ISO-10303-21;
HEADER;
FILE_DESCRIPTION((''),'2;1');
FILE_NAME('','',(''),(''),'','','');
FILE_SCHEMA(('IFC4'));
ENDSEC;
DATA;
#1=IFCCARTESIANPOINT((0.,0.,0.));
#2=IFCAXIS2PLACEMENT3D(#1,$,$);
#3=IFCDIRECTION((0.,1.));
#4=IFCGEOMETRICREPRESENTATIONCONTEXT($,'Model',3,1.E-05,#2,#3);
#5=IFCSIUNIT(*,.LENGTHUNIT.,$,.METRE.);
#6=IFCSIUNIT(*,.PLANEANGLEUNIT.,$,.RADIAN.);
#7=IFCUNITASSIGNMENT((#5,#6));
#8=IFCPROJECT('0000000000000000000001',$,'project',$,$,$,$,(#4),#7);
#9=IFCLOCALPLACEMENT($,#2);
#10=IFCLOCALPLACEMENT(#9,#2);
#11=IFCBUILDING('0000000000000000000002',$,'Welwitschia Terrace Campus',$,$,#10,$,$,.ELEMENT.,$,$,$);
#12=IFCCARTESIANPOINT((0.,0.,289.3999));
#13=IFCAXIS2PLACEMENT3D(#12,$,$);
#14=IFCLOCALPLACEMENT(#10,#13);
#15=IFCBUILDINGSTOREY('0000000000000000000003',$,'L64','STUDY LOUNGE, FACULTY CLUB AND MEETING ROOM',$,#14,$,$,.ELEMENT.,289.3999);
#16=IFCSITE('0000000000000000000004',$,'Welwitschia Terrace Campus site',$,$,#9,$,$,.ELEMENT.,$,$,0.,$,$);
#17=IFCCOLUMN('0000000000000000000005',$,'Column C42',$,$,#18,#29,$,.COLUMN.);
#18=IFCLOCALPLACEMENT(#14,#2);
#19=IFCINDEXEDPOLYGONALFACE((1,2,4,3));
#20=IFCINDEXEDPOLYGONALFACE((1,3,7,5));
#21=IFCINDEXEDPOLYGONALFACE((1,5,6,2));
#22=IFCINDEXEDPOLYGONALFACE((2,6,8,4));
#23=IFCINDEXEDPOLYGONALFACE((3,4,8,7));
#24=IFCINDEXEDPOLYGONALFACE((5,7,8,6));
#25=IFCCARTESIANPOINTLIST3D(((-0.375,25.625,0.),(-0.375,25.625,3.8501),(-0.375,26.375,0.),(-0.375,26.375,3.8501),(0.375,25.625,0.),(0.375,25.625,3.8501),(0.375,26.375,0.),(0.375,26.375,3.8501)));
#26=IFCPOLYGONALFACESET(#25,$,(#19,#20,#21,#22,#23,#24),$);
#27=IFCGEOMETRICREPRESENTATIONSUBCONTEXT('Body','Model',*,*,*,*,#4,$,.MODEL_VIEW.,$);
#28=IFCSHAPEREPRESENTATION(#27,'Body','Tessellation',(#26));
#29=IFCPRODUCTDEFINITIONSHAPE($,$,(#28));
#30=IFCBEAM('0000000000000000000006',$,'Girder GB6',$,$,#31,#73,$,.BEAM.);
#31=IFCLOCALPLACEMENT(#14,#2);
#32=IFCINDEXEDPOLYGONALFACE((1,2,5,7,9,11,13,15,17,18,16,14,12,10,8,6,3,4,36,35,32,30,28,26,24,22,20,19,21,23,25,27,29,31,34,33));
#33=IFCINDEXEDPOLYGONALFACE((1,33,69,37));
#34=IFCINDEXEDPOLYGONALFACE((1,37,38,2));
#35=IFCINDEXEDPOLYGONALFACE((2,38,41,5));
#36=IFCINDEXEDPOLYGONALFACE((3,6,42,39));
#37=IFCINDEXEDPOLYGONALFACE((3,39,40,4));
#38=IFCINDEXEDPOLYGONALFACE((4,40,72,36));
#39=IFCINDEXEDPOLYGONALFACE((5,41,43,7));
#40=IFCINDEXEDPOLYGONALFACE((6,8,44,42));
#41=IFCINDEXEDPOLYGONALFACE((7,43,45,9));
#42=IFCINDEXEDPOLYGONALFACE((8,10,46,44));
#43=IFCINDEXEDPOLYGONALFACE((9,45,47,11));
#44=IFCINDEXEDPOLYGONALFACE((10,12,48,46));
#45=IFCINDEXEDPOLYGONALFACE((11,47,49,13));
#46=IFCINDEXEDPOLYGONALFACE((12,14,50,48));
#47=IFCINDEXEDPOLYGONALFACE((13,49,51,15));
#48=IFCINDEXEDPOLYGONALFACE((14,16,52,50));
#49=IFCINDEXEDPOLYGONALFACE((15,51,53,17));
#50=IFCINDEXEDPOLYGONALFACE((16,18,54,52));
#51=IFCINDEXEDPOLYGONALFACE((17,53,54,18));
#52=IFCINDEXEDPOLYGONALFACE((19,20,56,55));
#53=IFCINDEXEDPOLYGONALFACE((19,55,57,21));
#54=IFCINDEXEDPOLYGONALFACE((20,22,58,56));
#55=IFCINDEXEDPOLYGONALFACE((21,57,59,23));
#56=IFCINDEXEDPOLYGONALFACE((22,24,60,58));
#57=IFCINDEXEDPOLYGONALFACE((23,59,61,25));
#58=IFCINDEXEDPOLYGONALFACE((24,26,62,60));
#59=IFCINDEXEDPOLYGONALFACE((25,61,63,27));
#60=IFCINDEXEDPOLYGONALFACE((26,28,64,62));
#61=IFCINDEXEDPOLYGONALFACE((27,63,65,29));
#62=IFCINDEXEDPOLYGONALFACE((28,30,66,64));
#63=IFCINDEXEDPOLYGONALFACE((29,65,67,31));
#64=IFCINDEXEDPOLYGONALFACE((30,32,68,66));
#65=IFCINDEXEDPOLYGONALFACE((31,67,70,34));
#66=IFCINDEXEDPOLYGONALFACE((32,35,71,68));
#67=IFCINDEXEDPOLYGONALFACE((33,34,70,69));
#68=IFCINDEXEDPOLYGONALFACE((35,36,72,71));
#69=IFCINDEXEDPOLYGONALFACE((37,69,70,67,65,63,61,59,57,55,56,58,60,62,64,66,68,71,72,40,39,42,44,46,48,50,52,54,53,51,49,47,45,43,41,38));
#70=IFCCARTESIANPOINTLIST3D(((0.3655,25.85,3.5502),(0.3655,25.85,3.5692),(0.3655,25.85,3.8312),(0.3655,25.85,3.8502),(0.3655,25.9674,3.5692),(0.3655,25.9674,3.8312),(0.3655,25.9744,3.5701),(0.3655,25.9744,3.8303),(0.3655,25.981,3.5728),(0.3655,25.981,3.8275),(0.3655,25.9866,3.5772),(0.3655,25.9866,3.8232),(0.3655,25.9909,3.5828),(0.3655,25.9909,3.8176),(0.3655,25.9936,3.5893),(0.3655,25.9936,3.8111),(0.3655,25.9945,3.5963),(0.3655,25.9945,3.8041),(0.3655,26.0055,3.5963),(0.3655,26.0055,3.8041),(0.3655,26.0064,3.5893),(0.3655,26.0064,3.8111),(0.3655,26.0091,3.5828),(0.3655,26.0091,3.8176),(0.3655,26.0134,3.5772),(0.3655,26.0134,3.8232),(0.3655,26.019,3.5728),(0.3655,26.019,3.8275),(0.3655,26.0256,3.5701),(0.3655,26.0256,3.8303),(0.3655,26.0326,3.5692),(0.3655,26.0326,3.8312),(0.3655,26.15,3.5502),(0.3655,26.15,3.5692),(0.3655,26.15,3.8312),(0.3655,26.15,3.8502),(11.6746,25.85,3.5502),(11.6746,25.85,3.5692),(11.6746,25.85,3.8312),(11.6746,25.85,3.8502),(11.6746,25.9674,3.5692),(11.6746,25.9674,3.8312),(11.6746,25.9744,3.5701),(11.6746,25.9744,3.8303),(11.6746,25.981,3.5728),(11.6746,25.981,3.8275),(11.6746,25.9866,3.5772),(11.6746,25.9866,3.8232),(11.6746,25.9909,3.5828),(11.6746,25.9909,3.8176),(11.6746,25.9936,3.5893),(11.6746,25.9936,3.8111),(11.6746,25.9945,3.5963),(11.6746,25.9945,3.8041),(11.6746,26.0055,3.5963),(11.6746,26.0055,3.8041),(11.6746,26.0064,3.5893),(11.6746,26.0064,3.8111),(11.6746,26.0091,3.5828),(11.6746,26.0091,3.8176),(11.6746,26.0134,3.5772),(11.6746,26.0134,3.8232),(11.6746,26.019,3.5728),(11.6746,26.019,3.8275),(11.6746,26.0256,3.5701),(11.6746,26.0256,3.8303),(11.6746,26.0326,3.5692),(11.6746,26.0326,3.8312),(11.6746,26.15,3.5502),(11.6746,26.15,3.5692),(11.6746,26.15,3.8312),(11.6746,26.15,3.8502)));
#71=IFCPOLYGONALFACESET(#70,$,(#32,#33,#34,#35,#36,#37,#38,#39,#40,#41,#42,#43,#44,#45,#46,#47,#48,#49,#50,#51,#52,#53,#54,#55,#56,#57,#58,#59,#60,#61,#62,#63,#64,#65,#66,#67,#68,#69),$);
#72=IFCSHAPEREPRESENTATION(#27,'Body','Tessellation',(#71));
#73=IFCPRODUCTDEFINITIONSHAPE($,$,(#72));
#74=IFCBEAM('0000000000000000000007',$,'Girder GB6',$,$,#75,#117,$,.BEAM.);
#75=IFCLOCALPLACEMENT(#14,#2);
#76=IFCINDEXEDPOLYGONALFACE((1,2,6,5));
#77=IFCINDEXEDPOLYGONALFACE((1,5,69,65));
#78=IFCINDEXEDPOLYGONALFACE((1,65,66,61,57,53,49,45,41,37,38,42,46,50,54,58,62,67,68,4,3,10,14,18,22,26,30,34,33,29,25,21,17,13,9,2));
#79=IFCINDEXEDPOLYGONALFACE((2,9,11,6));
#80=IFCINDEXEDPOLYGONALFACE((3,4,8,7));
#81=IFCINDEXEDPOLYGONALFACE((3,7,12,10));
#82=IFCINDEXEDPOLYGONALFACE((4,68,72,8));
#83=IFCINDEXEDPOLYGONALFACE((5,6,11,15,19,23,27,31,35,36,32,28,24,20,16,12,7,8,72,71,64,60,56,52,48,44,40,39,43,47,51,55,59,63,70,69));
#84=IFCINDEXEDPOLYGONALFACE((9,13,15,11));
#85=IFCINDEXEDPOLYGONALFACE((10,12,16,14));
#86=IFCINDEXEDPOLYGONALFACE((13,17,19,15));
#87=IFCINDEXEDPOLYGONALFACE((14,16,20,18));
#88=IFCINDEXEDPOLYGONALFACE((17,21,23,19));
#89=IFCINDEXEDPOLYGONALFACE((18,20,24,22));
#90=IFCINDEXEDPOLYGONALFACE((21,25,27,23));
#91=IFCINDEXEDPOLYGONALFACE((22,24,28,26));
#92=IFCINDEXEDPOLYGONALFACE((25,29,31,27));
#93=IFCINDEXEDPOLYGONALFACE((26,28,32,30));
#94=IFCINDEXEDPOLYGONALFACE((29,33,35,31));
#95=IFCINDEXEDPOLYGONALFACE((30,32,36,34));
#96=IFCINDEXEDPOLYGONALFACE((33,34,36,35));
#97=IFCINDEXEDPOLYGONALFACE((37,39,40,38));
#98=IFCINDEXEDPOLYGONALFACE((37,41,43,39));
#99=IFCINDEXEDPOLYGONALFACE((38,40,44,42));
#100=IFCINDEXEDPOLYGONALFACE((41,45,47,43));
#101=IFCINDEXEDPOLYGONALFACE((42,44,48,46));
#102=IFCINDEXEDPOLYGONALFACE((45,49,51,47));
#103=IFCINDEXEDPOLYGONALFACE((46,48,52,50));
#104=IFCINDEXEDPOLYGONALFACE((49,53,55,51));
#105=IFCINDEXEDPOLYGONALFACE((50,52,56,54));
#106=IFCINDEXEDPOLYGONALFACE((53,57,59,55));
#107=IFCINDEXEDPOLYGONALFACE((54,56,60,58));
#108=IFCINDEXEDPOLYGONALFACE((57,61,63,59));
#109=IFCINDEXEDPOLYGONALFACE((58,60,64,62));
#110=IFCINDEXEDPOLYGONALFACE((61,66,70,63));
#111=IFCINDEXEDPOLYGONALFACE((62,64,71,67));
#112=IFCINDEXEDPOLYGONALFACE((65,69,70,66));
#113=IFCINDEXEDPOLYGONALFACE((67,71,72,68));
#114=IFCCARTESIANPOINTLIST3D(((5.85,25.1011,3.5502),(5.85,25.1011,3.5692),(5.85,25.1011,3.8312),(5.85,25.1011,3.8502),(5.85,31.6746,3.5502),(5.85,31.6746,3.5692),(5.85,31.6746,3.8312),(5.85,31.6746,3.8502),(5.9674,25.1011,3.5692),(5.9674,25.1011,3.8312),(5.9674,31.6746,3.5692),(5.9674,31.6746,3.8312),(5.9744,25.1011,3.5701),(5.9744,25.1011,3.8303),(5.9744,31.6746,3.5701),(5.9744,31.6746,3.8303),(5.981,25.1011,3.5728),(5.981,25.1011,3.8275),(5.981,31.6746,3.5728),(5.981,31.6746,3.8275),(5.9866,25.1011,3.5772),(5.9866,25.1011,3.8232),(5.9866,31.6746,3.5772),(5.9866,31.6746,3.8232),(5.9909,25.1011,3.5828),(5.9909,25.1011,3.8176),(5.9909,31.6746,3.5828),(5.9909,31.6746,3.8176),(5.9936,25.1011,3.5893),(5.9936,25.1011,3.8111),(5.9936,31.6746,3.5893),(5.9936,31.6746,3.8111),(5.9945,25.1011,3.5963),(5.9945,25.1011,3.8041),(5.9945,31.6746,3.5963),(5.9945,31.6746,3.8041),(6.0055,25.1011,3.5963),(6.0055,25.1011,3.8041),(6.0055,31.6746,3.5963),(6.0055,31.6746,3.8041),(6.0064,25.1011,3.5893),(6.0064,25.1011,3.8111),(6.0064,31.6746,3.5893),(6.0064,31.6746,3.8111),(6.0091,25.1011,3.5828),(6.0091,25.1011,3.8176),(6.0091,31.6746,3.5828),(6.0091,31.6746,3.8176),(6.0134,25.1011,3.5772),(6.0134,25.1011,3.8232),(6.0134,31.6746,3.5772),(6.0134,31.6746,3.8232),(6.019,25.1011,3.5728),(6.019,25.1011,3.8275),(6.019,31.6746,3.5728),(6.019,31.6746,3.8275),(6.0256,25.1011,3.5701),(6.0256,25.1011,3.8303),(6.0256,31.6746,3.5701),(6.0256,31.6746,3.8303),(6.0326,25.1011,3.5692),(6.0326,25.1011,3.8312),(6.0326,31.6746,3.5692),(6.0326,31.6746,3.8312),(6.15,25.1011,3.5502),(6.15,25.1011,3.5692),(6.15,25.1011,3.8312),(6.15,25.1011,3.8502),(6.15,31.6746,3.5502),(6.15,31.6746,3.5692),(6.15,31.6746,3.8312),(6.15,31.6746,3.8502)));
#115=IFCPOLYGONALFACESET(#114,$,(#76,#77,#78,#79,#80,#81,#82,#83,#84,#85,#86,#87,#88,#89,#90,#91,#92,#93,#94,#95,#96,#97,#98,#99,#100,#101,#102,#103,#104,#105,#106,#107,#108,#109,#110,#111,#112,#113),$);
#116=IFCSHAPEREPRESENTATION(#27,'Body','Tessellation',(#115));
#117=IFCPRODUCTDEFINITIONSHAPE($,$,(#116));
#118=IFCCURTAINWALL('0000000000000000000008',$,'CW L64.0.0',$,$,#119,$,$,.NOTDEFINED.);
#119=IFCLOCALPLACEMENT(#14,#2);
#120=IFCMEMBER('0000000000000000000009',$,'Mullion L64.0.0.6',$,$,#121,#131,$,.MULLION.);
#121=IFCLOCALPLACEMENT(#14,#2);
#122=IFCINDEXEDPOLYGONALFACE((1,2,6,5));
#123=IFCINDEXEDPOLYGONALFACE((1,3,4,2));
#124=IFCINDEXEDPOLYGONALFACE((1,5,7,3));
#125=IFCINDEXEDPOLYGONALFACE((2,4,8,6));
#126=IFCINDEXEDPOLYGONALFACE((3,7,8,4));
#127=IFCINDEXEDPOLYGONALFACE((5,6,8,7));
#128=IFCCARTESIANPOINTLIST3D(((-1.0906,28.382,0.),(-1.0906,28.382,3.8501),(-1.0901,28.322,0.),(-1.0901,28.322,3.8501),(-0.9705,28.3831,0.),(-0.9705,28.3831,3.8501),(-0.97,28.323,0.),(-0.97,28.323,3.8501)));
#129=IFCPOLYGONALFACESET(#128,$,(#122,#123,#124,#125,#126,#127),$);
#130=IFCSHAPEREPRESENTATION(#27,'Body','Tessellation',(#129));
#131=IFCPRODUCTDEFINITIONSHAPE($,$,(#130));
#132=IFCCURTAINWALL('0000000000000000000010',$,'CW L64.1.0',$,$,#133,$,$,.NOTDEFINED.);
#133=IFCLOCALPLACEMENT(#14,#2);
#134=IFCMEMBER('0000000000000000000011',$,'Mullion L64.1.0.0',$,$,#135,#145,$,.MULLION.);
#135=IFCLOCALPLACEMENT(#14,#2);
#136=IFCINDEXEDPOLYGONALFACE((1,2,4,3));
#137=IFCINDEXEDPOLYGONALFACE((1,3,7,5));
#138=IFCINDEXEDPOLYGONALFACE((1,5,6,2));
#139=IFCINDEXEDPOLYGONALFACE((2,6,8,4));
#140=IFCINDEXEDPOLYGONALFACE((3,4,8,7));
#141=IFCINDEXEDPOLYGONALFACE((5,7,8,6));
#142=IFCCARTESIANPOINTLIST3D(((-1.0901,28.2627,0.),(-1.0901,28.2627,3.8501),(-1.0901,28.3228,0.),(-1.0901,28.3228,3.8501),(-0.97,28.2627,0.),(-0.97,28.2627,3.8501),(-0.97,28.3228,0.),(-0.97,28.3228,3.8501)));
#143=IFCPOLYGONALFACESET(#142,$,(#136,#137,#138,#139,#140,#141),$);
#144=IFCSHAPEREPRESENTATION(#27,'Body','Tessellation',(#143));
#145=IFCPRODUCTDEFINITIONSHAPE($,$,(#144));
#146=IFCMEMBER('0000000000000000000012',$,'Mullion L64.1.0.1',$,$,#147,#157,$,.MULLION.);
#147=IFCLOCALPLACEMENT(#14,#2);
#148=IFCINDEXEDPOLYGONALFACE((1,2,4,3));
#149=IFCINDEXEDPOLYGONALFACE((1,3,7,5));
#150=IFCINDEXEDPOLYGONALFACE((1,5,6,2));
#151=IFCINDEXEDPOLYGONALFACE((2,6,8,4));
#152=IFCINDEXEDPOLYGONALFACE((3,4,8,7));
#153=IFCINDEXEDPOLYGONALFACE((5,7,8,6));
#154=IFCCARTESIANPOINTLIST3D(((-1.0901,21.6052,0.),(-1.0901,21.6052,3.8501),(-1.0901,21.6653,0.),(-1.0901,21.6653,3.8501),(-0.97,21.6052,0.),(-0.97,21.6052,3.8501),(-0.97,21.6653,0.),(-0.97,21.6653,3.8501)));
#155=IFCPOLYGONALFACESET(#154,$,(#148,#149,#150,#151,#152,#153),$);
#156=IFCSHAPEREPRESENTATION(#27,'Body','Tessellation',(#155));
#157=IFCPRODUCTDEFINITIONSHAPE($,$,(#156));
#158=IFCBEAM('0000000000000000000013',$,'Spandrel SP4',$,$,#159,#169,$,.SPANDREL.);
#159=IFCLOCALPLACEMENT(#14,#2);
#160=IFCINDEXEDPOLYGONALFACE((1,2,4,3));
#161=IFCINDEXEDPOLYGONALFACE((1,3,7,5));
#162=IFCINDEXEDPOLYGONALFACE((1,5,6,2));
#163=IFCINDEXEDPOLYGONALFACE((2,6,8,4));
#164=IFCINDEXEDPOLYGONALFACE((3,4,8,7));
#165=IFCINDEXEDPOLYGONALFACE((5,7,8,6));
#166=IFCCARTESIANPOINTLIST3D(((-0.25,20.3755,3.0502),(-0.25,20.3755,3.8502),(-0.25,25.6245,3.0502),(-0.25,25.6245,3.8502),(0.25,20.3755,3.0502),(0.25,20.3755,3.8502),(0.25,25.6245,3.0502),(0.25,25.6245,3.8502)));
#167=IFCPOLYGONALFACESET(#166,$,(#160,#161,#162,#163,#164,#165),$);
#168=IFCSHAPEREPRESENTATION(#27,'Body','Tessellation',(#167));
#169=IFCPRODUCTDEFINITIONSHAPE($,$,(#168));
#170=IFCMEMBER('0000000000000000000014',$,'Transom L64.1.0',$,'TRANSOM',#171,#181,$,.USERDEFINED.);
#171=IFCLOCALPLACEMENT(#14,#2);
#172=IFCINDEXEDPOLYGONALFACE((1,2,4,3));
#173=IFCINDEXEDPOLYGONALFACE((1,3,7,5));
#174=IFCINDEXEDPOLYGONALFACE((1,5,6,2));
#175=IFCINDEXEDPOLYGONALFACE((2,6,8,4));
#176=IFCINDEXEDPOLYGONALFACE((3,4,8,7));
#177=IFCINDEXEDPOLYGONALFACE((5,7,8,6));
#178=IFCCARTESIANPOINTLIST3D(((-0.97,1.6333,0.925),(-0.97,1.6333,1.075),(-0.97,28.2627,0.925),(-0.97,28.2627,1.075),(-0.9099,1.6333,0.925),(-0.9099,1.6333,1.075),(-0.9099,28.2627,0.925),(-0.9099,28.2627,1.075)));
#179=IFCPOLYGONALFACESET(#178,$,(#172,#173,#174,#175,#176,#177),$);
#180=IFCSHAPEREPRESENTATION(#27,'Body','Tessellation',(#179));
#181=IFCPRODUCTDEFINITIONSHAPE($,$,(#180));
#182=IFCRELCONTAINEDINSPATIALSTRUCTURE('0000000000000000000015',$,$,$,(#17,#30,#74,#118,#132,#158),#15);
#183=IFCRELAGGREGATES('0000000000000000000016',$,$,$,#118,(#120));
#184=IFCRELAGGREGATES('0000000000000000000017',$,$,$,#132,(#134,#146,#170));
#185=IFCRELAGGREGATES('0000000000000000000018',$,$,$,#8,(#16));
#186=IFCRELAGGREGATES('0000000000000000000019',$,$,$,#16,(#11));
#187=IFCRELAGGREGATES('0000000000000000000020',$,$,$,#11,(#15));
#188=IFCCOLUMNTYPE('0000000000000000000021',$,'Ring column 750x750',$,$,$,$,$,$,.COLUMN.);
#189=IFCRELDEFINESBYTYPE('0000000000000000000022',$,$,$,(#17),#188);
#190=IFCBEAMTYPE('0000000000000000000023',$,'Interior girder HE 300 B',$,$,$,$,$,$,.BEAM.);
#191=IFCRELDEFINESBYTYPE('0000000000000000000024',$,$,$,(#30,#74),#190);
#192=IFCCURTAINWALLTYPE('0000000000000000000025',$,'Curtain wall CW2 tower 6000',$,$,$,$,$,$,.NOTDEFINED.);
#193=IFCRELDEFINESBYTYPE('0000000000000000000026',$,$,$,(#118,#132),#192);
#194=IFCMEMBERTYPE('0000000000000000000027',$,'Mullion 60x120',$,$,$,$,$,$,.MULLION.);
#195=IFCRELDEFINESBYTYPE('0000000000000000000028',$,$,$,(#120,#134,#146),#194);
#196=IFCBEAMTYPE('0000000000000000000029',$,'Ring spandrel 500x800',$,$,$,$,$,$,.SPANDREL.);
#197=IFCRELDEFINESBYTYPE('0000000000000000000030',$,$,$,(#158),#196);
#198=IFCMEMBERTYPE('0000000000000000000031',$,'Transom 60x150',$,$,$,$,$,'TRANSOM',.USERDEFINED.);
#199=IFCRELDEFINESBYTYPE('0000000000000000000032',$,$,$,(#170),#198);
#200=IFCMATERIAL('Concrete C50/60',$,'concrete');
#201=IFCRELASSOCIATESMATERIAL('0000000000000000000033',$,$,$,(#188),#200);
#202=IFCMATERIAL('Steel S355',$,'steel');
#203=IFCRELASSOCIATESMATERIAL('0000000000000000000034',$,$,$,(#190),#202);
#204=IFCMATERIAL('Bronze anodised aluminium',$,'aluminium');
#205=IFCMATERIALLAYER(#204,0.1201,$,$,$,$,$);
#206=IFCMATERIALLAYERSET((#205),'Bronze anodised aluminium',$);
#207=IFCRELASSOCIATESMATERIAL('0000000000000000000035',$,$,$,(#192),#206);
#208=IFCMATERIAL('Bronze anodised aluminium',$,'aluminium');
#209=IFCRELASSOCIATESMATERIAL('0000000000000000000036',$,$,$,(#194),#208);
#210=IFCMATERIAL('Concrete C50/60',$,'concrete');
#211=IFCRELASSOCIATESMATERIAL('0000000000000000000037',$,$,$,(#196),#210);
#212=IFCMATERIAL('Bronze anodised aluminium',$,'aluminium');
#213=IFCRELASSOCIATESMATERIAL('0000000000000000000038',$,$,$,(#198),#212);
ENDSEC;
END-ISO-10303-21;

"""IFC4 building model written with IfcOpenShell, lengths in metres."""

from ifc_helpers import new_model, si_unit, direction, frame, origin, origin_2d, place, context, subcontext, project, spatial, rectangle, i_section, extrude, material, layer, layer_set, material_profile, profile_set, type_object, element, aggregate, save


model = new_model("IFC4")

# Units and contexts
model_context = context("Model", 3, precision=1e-05, world=origin(), true_north=direction((0.0, 1.0)))
body_context = subcontext(model_context, "Body", "Model", "MODEL_VIEW")
ifc_project = project(units=[si_unit("LENGTHUNIT", "METRE"), si_unit("PLANEANGLEUNIT", "RADIAN")], contexts=[model_context])

# Site, building, storey
site_placement = place(None, origin())
site = spatial("IfcSite", under=ifc_project, at=site_placement, Name="Welwitschia Terrace Campus site", CompositionType="ELEMENT", RefElevation=0.0)
building_placement = place(site_placement, origin())
building = spatial("IfcBuilding", under=site, at=building_placement, Name="Welwitschia Terrace Campus", CompositionType="ELEMENT")
storey_placement = place(building_placement, frame((0.0, 0.0, 289.3999)))
storey = spatial("IfcBuildingStorey", under=building, at=storey_placement, Name="L64", Description="STUDY LOUNGE, FACULTY CLUB AND MEETING ROOM", CompositionType="ELEMENT", Elevation=289.3999)

# Column
ifc_material_1 = material(Name="Concrete C50/60", Category="concrete")
ifc_material_profile_1 = material_profile(ifc_material_1, rectangle(XDim=0.75, YDim=0.75, at=origin_2d()))
ifc_profile_set_1 = profile_set([ifc_material_profile_1], Name="Concrete C50/60")
column_type = type_object("IfcColumnType", Name="Ring column 750x750", PredefinedType="COLUMN", material=ifc_profile_set_1)
column_placement = place(storey_placement, frame((0.0, 26.0, 0.0), z_axis=(0.0, 0.0, 1.0), x_axis=(1.0, 0.0, 0.0)))
element("IfcColumn", 1, at=column_placement, inside=storey, type_object=column_type, Name="Column C42", PredefinedType="COLUMN", context=body_context, shape_type="SweptSolid", body=[
    extrude(rectangle(XDim=0.75, YDim=0.75, at=origin_2d()), origin(), (0.0, 0.0, 1.0), 3.8501),
])

# Beams
ifc_material_2 = material(Name="Steel S355", Category="steel")
ifc_material_profile_2 = material_profile(ifc_material_2, i_section(OverallWidth=0.3, OverallDepth=0.3, WebThickness=0.011, FlangeThickness=0.019, FilletRadius=0.0271, at=origin_2d()))
ifc_profile_set_2 = profile_set([ifc_material_profile_2], Name="Steel S355")
beam_type_1 = type_object("IfcBeamType", Name="Interior girder HE 300 B", PredefinedType="BEAM", material=ifc_profile_set_2)
beam_1_placement = place(storey_placement, frame((0.3655, 26.0, 3.7002), z_axis=(1.0, 0.0, 0.0), x_axis=(0.0, 1.0, 0.0)))
element("IfcBeam", 2, at=beam_1_placement, inside=storey, type_object=beam_type_1, Name="Girder GB6", PredefinedType="BEAM", context=body_context, shape_type="SweptSolid", body=[
    extrude(i_section(OverallWidth=0.3, OverallDepth=0.3, WebThickness=0.011, FlangeThickness=0.019, FilletRadius=0.0271, at=origin_2d()), origin(), (0.0, 0.0, 1.0), 11.3091),
])
beam_2_placement = place(storey_placement, frame((6.0, 25.1011, 3.7002), z_axis=(0.0, 1.0, 0.0), x_axis=(-1.0, 0.0, 0.0)))
element("IfcBeam", 3, at=beam_2_placement, inside=storey, type_object=beam_type_1, Name="Girder GB6", PredefinedType="BEAM", context=body_context, shape_type="SweptSolid", body=[
    extrude(i_section(OverallWidth=0.3, OverallDepth=0.3, WebThickness=0.011, FlangeThickness=0.019, FilletRadius=0.0271, at=origin_2d()), origin(), (0.0, 0.0, 1.0), 6.5735),
])

# Curtain wall, member
ifc_material_3 = material(Name="Bronze anodised aluminium", Category="aluminium")
ifc_layer_1 = layer(ifc_material_3, 0.1201)
ifc_layer_set_1 = layer_set([ifc_layer_1], Name="Bronze anodised aluminium")
curtain_wall_type = type_object("IfcCurtainWallType", Name="Curtain wall CW2 tower 6000", PredefinedType="NOTDEFINED", material=ifc_layer_set_1)
curtain_wall_1_placement = place(storey_placement, origin())
curtain_wall_1 = element("IfcCurtainWall", 4, at=curtain_wall_1_placement, inside=storey, type_object=curtain_wall_type, Name="CW L64.0.0", PredefinedType="NOTDEFINED")
ifc_material_4 = material(Name="Bronze anodised aluminium", Category="aluminium")
ifc_material_profile_3 = material_profile(ifc_material_4, rectangle(XDim=0.1201, YDim=0.0601, at=origin_2d()))
ifc_profile_set_3 = profile_set([ifc_material_profile_3], Name="Bronze anodised aluminium")
member_type_1 = type_object("IfcMemberType", Name="Mullion 60x120", PredefinedType="MULLION", material=ifc_profile_set_3)
member_1_placement = place(storey_placement, frame((-1.0303, 28.3525, 0.0), z_axis=(0.0, 0.0, 1.0), x_axis=(0.999962, 0.008727, 0.0)))
member_1 = element("IfcMember", 5, at=member_1_placement, type_object=member_type_1, Name="Mullion L64.0.0.6", PredefinedType="MULLION", context=body_context, shape_type="SweptSolid", body=[
    extrude(rectangle(XDim=0.1201, YDim=0.0601, at=origin_2d()), origin(), (0.0, 0.0, 1.0), 3.8501),
])
aggregate(curtain_wall_1, [member_1])

# Curtain wall, members
curtain_wall_2_placement = place(storey_placement, origin())
curtain_wall_2 = element("IfcCurtainWall", 6, at=curtain_wall_2_placement, inside=storey, type_object=curtain_wall_type, Name="CW L64.1.0", PredefinedType="NOTDEFINED")
member_2_placement = place(storey_placement, frame((-1.03, 28.2927, 0.0), z_axis=(0.0, 0.0, 1.0), x_axis=(1.0, 0.0, 0.0)))
member_2 = element("IfcMember", 7, at=member_2_placement, type_object=member_type_1, Name="Mullion L64.1.0.0", PredefinedType="MULLION", context=body_context, shape_type="SweptSolid", body=[
    extrude(rectangle(XDim=0.1201, YDim=0.0601, at=origin_2d()), origin(), (0.0, 0.0, 1.0), 3.8501),
])
member_3_placement = place(storey_placement, frame((-1.03, 21.6353, 0.0), z_axis=(0.0, 0.0, 1.0), x_axis=(1.0, 0.0, 0.0)))
member_3 = element("IfcMember", 8, at=member_3_placement, type_object=member_type_1, Name="Mullion L64.1.0.1", PredefinedType="MULLION", context=body_context, shape_type="SweptSolid", body=[
    extrude(rectangle(XDim=0.1201, YDim=0.0601, at=origin_2d()), origin(), (0.0, 0.0, 1.0), 3.8501),
])

# Beam
ifc_material_5 = material(Name="Concrete C50/60", Category="concrete")
ifc_material_profile_4 = material_profile(ifc_material_5, rectangle(XDim=0.5, YDim=0.8, at=origin_2d()))
ifc_profile_set_4 = profile_set([ifc_material_profile_4], Name="Concrete C50/60")
beam_type_2 = type_object("IfcBeamType", Name="Ring spandrel 500x800", PredefinedType="SPANDREL", material=ifc_profile_set_4)
beam_3_placement = place(storey_placement, frame((0.0, 25.6245, 3.4502), z_axis=(0.0, -1.0, 0.0), x_axis=(1.0, 0.0, 0.0)))
element("IfcBeam", 9, at=beam_3_placement, inside=storey, type_object=beam_type_2, Name="Spandrel SP4", PredefinedType="SPANDREL", context=body_context, shape_type="SweptSolid", body=[
    extrude(rectangle(XDim=0.5, YDim=0.8, at=origin_2d()), origin(), (0.0, 0.0, 1.0), 5.249),
])

# Member
ifc_material_6 = material(Name="Bronze anodised aluminium", Category="aluminium")
ifc_material_profile_5 = material_profile(ifc_material_6, rectangle(XDim=0.0601, YDim=0.1499, at=origin_2d()))
ifc_profile_set_5 = profile_set([ifc_material_profile_5], Name="Bronze anodised aluminium")
member_type_2 = type_object("IfcMemberType", Name="Transom 60x150", ElementType="TRANSOM", PredefinedType="USERDEFINED", material=ifc_profile_set_5)
member_4_placement = place(storey_placement, frame((-0.9399, 28.2627, 1.0), z_axis=(0.0, -1.0, 0.0), x_axis=(1.0, 0.0, 0.0)))
member_4 = element("IfcMember", 10, at=member_4_placement, type_object=member_type_2, Name="Transom L64.1.0", ObjectType="TRANSOM", PredefinedType="USERDEFINED", context=body_context, shape_type="SweptSolid", body=[
    extrude(rectangle(XDim=0.0601, YDim=0.1499, at=origin_2d()), origin(), (0.0, 0.0, 1.0), 26.6294),
])

aggregate(curtain_wall_2, [member_2, member_3, member_4])

save(model, "model.ifc")
